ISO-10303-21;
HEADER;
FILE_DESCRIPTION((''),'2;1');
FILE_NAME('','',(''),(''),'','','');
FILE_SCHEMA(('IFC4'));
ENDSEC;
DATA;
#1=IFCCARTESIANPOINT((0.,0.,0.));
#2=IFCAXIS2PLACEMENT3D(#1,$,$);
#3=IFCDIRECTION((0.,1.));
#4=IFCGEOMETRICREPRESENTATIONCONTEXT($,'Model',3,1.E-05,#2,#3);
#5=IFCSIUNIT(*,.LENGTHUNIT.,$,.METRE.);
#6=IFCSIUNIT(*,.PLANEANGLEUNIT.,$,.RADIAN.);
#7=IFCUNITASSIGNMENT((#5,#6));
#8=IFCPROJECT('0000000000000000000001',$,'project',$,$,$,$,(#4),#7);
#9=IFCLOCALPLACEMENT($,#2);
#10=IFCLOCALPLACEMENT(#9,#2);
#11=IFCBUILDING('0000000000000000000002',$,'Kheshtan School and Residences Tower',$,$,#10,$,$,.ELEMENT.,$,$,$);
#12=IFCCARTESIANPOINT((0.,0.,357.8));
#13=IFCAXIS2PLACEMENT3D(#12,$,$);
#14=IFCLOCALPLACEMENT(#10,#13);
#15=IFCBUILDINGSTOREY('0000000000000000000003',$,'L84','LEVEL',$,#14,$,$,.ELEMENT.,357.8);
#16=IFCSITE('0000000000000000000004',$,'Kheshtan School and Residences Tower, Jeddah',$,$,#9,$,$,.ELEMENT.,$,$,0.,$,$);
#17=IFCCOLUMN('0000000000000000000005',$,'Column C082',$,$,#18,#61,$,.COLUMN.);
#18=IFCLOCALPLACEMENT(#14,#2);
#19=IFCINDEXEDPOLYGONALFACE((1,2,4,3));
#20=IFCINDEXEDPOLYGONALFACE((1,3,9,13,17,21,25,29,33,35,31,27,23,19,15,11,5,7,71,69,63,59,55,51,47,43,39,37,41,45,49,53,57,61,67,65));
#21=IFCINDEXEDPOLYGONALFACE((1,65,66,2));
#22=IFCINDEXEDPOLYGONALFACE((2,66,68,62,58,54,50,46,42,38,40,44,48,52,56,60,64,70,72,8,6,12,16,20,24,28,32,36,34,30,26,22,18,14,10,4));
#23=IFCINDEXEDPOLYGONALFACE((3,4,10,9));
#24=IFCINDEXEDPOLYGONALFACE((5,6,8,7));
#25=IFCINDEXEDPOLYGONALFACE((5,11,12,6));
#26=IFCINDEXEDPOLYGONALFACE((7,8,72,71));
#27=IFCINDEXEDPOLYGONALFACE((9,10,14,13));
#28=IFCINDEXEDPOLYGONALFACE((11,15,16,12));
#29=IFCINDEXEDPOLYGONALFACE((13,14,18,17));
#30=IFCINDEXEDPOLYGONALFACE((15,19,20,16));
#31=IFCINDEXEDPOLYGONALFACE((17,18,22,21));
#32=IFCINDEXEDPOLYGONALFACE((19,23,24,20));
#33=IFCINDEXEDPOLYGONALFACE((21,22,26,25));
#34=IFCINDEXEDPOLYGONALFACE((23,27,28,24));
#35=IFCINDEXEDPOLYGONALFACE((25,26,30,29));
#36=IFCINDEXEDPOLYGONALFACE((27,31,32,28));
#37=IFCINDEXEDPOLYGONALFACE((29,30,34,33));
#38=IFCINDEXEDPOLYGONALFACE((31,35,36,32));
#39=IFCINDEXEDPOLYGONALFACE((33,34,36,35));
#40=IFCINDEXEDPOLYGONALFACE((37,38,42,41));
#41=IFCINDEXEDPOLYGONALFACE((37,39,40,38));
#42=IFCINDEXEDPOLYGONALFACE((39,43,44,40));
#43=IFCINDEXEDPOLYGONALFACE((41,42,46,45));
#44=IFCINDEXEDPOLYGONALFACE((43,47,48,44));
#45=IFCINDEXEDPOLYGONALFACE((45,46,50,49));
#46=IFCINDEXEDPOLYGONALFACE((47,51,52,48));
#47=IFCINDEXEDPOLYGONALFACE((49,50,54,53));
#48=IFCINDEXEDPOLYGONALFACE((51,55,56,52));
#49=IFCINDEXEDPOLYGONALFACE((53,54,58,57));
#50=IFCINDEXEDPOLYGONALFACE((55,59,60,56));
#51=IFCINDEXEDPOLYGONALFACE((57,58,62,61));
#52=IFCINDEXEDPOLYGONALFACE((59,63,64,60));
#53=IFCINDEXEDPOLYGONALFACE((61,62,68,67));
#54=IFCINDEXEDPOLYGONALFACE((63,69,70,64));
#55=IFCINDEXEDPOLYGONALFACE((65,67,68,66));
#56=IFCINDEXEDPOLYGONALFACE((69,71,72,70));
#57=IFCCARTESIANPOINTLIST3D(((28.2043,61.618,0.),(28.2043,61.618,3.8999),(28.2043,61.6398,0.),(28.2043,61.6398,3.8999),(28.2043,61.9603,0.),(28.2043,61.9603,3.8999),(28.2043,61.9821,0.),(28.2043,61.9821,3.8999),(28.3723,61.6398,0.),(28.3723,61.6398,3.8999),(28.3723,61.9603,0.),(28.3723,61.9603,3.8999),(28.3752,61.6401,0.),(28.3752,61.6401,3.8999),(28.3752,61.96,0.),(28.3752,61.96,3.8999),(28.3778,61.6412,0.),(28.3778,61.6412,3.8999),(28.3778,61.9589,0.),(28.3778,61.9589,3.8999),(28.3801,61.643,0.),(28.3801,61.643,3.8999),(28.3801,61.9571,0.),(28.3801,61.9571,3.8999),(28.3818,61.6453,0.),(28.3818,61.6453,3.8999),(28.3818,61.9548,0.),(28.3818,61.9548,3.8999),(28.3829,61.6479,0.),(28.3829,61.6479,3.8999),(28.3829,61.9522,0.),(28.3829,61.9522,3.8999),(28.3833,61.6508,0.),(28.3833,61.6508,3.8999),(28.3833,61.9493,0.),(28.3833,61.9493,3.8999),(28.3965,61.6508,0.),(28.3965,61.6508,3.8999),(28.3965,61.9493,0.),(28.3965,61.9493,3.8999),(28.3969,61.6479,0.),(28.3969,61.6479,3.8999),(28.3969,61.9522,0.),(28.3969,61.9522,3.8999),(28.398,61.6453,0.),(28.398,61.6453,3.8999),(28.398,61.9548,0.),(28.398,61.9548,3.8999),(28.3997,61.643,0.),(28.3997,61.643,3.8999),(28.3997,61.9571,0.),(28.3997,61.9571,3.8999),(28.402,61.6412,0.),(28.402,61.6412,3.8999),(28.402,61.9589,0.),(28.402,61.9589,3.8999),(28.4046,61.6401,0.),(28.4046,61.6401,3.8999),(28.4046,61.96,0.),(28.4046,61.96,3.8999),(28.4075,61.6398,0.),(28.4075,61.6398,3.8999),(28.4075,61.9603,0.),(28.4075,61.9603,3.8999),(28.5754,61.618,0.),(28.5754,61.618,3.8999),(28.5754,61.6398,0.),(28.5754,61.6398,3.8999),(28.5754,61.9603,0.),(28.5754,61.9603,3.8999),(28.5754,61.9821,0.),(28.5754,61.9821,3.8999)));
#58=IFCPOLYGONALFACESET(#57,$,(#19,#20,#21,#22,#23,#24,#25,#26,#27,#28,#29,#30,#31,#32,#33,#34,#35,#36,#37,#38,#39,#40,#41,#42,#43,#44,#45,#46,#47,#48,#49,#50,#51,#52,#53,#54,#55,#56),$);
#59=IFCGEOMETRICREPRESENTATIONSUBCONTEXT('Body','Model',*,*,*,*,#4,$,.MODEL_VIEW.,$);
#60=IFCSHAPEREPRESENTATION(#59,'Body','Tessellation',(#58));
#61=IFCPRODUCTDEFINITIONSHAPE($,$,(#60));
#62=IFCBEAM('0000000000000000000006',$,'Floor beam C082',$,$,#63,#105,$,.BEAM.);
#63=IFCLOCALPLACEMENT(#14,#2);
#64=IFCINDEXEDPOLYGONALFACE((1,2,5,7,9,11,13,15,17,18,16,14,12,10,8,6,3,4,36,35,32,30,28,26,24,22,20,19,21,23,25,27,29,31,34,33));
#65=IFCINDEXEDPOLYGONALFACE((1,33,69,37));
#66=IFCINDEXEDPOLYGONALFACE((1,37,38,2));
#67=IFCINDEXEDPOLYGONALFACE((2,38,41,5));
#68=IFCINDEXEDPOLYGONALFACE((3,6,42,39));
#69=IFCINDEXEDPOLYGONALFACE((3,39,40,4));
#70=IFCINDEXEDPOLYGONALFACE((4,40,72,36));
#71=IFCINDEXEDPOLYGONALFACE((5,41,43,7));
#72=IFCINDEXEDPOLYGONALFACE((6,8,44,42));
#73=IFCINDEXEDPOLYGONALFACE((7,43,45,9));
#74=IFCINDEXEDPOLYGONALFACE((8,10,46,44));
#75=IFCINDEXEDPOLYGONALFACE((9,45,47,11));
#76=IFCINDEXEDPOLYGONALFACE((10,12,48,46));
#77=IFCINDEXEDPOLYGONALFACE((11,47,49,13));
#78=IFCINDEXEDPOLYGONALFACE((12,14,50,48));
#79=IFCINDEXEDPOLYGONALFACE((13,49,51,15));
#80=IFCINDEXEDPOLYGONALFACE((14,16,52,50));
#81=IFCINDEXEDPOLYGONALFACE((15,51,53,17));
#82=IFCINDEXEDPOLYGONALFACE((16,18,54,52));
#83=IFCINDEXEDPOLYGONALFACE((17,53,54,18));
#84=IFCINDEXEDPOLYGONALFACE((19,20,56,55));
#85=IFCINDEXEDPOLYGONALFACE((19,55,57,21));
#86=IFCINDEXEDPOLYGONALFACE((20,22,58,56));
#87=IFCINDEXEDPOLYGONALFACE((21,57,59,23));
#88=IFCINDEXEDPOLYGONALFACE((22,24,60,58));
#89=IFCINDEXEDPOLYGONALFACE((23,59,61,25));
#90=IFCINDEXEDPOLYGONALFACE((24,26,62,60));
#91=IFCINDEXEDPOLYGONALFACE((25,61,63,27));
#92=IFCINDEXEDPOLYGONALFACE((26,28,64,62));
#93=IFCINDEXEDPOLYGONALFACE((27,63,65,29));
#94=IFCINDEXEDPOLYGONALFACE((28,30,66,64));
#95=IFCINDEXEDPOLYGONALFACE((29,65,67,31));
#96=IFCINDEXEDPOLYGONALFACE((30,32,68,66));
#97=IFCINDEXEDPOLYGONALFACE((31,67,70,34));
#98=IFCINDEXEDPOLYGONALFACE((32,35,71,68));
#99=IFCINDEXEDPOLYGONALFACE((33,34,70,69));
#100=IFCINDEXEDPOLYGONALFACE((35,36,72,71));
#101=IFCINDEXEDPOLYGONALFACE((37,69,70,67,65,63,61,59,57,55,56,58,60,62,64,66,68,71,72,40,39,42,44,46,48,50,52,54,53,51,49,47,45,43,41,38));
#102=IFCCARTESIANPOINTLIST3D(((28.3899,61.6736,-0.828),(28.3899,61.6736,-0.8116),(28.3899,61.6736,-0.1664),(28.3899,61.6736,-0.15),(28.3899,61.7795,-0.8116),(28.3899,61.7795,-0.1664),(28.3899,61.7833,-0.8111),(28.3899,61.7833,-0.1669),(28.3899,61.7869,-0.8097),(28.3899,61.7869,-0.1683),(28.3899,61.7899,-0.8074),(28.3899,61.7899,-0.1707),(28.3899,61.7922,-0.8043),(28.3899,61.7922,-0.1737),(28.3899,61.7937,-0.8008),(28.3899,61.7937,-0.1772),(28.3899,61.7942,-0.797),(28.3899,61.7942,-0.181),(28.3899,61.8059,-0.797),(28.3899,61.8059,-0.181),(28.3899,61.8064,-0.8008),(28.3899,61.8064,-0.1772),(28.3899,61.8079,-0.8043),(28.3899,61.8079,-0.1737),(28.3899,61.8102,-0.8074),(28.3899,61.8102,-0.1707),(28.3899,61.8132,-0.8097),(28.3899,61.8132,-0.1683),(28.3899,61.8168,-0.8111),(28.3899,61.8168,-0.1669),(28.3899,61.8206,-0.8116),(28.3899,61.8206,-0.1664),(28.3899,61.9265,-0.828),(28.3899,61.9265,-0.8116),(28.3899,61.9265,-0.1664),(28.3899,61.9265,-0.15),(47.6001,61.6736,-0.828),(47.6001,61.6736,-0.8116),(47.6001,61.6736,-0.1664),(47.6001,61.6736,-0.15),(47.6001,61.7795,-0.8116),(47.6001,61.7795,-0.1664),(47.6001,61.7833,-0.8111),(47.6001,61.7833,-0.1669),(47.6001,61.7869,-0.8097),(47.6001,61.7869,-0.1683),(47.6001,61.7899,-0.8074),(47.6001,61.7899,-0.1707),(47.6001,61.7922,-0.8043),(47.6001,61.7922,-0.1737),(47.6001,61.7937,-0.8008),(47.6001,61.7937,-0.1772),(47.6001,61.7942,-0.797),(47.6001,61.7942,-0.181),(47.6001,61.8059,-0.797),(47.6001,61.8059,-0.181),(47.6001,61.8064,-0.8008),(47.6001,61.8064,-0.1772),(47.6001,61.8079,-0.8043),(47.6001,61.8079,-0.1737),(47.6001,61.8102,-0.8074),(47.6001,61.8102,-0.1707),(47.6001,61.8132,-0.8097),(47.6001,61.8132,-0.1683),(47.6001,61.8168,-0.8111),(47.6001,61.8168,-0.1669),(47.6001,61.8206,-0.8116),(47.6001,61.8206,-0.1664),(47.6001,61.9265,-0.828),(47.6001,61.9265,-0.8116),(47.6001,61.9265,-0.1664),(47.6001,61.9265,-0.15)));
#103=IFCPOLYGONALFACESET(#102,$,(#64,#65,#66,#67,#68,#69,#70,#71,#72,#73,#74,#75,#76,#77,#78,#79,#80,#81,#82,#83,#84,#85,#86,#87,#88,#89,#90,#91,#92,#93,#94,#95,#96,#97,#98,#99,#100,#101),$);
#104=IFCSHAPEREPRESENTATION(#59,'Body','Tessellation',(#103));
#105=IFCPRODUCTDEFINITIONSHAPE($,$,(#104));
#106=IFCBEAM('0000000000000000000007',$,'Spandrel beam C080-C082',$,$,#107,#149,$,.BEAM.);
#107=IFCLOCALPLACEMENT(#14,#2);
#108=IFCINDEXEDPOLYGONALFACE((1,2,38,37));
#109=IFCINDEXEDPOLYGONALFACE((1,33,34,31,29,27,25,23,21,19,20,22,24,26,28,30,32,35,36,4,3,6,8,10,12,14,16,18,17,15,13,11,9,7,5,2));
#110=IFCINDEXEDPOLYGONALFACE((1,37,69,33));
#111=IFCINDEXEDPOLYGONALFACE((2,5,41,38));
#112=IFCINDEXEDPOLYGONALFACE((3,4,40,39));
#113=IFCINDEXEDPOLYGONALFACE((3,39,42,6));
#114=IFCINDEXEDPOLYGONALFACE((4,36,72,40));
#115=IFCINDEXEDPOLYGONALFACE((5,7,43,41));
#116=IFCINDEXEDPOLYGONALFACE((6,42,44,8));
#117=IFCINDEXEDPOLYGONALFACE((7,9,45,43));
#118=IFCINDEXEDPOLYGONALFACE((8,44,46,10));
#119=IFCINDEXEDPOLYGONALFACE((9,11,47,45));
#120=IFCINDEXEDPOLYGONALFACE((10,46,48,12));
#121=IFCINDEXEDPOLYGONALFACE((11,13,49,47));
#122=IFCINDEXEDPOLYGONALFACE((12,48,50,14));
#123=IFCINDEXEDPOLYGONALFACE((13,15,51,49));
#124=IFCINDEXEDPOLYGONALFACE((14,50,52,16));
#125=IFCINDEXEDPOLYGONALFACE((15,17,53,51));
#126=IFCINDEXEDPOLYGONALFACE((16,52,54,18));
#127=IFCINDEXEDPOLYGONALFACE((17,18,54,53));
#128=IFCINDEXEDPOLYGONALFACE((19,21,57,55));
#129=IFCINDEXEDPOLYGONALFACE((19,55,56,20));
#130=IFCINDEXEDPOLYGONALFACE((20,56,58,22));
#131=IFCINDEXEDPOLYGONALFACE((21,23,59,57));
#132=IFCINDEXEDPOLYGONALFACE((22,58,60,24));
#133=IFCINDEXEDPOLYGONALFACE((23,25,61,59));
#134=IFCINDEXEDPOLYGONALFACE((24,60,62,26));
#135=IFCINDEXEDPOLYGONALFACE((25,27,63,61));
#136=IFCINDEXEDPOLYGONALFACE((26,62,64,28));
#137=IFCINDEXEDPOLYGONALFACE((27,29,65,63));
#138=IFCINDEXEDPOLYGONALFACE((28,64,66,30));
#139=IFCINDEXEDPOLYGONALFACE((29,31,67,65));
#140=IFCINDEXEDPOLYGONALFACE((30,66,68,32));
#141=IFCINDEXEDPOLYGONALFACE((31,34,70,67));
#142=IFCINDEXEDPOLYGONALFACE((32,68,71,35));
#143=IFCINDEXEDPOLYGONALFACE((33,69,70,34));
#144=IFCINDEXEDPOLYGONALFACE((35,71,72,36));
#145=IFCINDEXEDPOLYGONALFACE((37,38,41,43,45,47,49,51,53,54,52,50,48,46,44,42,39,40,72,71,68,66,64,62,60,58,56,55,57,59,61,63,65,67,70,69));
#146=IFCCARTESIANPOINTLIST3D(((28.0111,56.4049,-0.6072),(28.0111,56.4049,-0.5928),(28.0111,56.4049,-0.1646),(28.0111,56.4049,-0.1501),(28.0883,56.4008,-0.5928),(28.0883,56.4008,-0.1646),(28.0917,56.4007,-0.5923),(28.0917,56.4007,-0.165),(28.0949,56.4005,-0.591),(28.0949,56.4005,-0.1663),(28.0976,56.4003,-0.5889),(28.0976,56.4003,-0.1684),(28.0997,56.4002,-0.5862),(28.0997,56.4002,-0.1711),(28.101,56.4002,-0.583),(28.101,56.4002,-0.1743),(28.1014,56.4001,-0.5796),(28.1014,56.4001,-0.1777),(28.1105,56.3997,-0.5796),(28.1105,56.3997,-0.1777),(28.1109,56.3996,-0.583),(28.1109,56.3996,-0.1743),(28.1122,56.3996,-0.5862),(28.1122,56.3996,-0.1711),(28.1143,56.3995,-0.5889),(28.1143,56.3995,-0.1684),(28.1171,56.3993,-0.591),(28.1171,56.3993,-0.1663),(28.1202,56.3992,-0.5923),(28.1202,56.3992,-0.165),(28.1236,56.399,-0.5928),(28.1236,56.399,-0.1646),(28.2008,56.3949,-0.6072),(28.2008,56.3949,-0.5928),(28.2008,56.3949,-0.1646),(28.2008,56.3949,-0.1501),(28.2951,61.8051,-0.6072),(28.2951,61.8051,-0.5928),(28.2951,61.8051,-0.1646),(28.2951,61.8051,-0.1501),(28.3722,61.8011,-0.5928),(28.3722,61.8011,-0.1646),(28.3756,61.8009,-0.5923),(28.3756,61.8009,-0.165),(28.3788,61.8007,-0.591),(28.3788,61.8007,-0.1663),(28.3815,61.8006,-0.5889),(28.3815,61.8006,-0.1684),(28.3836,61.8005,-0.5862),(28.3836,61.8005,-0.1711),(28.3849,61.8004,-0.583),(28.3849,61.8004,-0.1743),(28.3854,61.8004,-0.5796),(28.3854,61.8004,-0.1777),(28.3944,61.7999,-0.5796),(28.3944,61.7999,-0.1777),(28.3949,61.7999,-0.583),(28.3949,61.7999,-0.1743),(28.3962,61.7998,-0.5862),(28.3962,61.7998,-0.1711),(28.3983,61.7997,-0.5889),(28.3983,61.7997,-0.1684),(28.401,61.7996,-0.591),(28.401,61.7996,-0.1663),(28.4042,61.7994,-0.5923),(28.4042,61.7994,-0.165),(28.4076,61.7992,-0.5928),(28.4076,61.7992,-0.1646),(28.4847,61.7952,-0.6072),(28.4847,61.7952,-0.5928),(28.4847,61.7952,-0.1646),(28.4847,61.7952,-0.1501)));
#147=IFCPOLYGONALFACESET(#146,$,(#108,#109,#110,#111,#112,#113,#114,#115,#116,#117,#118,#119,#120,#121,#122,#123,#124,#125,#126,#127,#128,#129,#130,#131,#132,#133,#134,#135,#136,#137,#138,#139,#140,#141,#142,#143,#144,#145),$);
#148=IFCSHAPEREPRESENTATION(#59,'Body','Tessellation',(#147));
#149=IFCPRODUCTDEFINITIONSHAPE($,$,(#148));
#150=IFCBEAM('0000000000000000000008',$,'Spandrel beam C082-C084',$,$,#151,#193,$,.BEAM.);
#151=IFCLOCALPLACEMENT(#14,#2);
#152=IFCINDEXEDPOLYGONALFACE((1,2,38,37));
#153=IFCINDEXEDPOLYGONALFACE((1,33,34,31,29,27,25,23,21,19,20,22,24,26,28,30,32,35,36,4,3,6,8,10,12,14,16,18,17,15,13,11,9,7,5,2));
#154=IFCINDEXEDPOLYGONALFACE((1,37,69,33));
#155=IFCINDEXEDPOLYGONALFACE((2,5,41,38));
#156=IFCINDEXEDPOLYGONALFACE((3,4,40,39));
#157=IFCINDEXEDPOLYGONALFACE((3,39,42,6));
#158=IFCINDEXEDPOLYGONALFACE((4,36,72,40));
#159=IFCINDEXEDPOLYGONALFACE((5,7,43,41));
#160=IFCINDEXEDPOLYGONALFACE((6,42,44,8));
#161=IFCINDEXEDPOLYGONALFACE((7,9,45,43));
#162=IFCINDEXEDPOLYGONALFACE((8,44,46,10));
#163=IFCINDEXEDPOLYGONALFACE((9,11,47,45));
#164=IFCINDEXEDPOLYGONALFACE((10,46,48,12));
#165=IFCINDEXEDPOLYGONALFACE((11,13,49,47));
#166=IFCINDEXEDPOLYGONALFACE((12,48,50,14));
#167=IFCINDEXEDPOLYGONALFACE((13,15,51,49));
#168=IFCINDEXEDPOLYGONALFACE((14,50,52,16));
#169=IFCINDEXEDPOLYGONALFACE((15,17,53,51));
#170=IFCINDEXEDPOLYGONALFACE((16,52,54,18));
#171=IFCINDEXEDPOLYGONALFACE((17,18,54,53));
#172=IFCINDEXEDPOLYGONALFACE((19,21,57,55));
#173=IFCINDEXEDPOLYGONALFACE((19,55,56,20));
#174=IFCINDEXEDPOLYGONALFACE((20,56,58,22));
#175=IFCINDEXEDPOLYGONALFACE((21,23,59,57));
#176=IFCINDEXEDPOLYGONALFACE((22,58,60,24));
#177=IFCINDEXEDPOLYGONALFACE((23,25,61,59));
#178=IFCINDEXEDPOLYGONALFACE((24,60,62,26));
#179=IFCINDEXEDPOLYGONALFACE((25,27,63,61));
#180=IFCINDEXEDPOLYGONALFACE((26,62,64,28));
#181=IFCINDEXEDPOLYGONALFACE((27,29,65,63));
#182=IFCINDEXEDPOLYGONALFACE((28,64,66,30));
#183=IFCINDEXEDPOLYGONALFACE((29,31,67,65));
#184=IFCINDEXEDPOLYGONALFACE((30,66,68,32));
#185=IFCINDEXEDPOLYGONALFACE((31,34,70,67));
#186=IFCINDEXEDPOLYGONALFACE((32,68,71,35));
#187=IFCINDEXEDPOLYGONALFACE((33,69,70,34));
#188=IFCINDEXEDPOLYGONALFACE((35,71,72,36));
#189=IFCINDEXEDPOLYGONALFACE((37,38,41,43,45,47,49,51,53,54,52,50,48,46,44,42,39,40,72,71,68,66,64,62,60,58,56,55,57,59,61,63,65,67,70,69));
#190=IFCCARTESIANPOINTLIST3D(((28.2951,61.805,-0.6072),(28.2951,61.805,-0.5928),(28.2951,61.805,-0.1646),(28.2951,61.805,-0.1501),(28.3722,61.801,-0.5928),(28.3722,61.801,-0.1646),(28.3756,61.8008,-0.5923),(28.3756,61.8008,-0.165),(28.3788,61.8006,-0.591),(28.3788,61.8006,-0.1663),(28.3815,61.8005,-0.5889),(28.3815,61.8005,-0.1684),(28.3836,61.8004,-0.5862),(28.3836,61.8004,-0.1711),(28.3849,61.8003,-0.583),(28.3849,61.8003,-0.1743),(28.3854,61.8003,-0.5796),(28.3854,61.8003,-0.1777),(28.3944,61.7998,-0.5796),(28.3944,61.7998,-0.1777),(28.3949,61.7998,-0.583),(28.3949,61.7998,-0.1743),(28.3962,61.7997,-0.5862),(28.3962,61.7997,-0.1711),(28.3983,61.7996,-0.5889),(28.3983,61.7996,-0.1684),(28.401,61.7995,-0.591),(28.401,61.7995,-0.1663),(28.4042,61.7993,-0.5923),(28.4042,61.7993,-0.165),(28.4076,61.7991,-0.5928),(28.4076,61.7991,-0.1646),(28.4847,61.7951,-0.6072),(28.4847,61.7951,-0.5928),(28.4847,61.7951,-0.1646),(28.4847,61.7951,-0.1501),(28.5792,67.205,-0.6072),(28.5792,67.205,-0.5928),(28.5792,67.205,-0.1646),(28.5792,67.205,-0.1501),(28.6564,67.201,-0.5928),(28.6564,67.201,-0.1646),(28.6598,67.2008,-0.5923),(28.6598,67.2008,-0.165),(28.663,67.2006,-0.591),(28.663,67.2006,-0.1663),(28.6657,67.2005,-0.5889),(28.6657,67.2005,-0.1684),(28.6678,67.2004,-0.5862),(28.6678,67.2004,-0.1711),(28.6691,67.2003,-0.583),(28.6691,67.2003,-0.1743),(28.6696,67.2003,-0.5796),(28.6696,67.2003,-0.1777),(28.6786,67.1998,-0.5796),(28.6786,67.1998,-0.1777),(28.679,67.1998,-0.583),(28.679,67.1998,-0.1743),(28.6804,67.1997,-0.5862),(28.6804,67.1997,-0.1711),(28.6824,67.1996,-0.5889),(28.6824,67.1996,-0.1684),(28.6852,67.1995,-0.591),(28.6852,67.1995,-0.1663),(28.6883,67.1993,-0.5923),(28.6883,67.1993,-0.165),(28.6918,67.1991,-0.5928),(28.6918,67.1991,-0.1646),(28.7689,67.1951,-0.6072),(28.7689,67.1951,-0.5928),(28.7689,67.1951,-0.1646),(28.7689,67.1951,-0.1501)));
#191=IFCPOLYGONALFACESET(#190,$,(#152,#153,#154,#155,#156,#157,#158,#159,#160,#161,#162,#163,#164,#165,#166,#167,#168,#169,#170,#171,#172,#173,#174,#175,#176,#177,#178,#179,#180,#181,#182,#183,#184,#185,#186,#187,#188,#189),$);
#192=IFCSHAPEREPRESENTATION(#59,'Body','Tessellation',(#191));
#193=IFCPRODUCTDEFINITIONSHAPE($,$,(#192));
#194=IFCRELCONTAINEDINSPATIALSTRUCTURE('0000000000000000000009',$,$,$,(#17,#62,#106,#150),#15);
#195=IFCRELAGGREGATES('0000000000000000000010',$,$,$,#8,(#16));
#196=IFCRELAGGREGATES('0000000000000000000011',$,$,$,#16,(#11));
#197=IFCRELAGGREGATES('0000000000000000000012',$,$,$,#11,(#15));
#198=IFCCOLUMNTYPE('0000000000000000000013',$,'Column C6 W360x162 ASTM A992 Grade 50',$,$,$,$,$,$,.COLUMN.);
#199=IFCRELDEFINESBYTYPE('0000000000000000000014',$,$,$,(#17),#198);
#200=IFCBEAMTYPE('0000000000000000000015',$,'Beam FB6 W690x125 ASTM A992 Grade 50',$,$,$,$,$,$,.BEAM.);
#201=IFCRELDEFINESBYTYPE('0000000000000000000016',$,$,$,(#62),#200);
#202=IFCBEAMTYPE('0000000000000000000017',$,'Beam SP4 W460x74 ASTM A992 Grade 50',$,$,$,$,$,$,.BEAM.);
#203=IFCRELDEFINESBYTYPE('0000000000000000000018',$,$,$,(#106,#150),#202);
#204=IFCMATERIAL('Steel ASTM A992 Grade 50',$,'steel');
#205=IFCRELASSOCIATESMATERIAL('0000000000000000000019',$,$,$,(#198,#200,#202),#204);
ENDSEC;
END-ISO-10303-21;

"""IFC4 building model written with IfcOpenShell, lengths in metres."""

from ifc_helpers import new_model, si_unit, direction, frame, origin, origin_2d, place, context, subcontext, project, spatial, i_section, extrude, material, material_profile, profile_set, type_object, element, save


model = new_model("IFC4")

# Units and contexts
model_context = context("Model", 3, precision=1e-05, world=origin(), true_north=direction((0.0, 1.0)))
body_context = subcontext(model_context, "Body", "Model", "MODEL_VIEW")
ifc_project = project(units=[si_unit("LENGTHUNIT", "METRE"), si_unit("PLANEANGLEUNIT", "RADIAN")], contexts=[model_context])

# Site, building, storey
site_placement = place(None, origin())
site = spatial("IfcSite", under=ifc_project, at=site_placement, Name="Kheshtan School and Residences Tower, Jeddah", CompositionType="ELEMENT", RefElevation=0.0)
building_placement = place(site_placement, origin())
building = spatial("IfcBuilding", under=site, at=building_placement, Name="Kheshtan School and Residences Tower", CompositionType="ELEMENT")
storey_placement = place(building_placement, frame((0.0, 0.0, 357.8)))
storey = spatial("IfcBuildingStorey", under=building, at=storey_placement, Name="L84", Description="LEVEL", CompositionType="ELEMENT", Elevation=357.8)

# Column
ifc_material_1 = material(Name="Steel ASTM A992 Grade 50", Category="steel")
ifc_material_profile_1 = material_profile(ifc_material_1, i_section(OverallWidth=0.3711, OverallDepth=0.364, WebThickness=0.0132, FlangeThickness=0.0217, FilletRadius=0.011, at=origin_2d()), Name="W360x162")
ifc_profile_set_1 = profile_set([ifc_material_profile_1], Name="Steel ASTM A992 Grade 50")
column_type = type_object("IfcColumnType", Name="Column C6 W360x162 ASTM A992 Grade 50", PredefinedType="COLUMN", material=ifc_profile_set_1)
column_placement = place(storey_placement, frame((28.3899, 61.8, 0.0), z_axis=(0.0, 0.0, 1.0), x_axis=(1.0, 0.0, 0.0)))
element("IfcColumn", 1, at=column_placement, inside=storey, type_object=column_type, Name="Column C082", PredefinedType="COLUMN", context=body_context, shape_type="SweptSolid", body=[
    extrude(i_section(OverallWidth=0.3711, OverallDepth=0.364, WebThickness=0.0132, FlangeThickness=0.0217, FilletRadius=0.011, at=origin_2d()), origin(), (0.0, 0.0, 1.0), 3.8999),
])

# Beams
ifc_material_profile_2 = material_profile(ifc_material_1, i_section(OverallWidth=0.2529, OverallDepth=0.678, WebThickness=0.0117, FlangeThickness=0.0164, FilletRadius=0.0146, at=origin_2d()), Name="W690x125")
ifc_profile_set_2 = profile_set([ifc_material_profile_2], Name="Steel ASTM A992 Grade 50")
beam_type_1 = type_object("IfcBeamType", Name="Beam FB6 W690x125 ASTM A992 Grade 50", PredefinedType="BEAM", material=ifc_profile_set_2)
beam_1_placement = place(storey_placement, frame((28.3899, 61.8, -0.489), z_axis=(1.0, 0.0, 0.0), x_axis=(0.0, 1.0, 0.0)))
element("IfcBeam", 2, at=beam_1_placement, inside=storey, type_object=beam_type_1, Name="Floor beam C082", PredefinedType="BEAM", context=body_context, shape_type="SweptSolid", body=[
    extrude(i_section(OverallWidth=0.2529, OverallDepth=0.678, WebThickness=0.0117, FlangeThickness=0.0164, FilletRadius=0.0146, at=origin_2d()), origin(), (0.0, 0.0, 1.0), 19.2102),
])
ifc_material_profile_3 = material_profile(ifc_material_1, i_section(OverallWidth=0.1899, OverallDepth=0.457, WebThickness=0.009, FlangeThickness=0.0144, FilletRadius=0.0132, at=origin_2d()), Name="W460x74")
ifc_profile_set_3 = profile_set([ifc_material_profile_3], Name="Steel ASTM A992 Grade 50")
beam_type_2 = type_object("IfcBeamType", Name="Beam SP4 W460x74 ASTM A992 Grade 50", PredefinedType="BEAM", material=ifc_profile_set_3)
beam_2_placement = place(storey_placement, frame((28.106, 56.3999, -0.3787), z_axis=(0.052507, 0.998621, 0.0), x_axis=(-0.998621, 0.052507, 0.0)))
element("IfcBeam", 3, at=beam_2_placement, inside=storey, type_object=beam_type_2, Name="Spandrel beam C080-C082", PredefinedType="BEAM", context=body_context, shape_type="SweptSolid", body=[
    extrude(i_section(OverallWidth=0.1899, OverallDepth=0.457, WebThickness=0.009, FlangeThickness=0.0144, FilletRadius=0.0132, at=origin_2d()), origin(), (0.0, 0.0, 1.0), 5.4077),
])
beam_3_placement = place(storey_placement, frame((28.3899, 61.8, -0.3787), z_axis=(0.052554, 0.998618, 0.0), x_axis=(-0.998618, 0.052554, 0.0)))
element("IfcBeam", 4, at=beam_3_placement, inside=storey, type_object=beam_type_2, Name="Spandrel beam C082-C084", PredefinedType="BEAM", context=body_context, shape_type="SweptSolid", body=[
    extrude(i_section(OverallWidth=0.1899, OverallDepth=0.457, WebThickness=0.009, FlangeThickness=0.0144, FilletRadius=0.0132, at=origin_2d()), origin(), (0.0, 0.0, 1.0), 5.4075),
])

save(model, "model.ifc")
